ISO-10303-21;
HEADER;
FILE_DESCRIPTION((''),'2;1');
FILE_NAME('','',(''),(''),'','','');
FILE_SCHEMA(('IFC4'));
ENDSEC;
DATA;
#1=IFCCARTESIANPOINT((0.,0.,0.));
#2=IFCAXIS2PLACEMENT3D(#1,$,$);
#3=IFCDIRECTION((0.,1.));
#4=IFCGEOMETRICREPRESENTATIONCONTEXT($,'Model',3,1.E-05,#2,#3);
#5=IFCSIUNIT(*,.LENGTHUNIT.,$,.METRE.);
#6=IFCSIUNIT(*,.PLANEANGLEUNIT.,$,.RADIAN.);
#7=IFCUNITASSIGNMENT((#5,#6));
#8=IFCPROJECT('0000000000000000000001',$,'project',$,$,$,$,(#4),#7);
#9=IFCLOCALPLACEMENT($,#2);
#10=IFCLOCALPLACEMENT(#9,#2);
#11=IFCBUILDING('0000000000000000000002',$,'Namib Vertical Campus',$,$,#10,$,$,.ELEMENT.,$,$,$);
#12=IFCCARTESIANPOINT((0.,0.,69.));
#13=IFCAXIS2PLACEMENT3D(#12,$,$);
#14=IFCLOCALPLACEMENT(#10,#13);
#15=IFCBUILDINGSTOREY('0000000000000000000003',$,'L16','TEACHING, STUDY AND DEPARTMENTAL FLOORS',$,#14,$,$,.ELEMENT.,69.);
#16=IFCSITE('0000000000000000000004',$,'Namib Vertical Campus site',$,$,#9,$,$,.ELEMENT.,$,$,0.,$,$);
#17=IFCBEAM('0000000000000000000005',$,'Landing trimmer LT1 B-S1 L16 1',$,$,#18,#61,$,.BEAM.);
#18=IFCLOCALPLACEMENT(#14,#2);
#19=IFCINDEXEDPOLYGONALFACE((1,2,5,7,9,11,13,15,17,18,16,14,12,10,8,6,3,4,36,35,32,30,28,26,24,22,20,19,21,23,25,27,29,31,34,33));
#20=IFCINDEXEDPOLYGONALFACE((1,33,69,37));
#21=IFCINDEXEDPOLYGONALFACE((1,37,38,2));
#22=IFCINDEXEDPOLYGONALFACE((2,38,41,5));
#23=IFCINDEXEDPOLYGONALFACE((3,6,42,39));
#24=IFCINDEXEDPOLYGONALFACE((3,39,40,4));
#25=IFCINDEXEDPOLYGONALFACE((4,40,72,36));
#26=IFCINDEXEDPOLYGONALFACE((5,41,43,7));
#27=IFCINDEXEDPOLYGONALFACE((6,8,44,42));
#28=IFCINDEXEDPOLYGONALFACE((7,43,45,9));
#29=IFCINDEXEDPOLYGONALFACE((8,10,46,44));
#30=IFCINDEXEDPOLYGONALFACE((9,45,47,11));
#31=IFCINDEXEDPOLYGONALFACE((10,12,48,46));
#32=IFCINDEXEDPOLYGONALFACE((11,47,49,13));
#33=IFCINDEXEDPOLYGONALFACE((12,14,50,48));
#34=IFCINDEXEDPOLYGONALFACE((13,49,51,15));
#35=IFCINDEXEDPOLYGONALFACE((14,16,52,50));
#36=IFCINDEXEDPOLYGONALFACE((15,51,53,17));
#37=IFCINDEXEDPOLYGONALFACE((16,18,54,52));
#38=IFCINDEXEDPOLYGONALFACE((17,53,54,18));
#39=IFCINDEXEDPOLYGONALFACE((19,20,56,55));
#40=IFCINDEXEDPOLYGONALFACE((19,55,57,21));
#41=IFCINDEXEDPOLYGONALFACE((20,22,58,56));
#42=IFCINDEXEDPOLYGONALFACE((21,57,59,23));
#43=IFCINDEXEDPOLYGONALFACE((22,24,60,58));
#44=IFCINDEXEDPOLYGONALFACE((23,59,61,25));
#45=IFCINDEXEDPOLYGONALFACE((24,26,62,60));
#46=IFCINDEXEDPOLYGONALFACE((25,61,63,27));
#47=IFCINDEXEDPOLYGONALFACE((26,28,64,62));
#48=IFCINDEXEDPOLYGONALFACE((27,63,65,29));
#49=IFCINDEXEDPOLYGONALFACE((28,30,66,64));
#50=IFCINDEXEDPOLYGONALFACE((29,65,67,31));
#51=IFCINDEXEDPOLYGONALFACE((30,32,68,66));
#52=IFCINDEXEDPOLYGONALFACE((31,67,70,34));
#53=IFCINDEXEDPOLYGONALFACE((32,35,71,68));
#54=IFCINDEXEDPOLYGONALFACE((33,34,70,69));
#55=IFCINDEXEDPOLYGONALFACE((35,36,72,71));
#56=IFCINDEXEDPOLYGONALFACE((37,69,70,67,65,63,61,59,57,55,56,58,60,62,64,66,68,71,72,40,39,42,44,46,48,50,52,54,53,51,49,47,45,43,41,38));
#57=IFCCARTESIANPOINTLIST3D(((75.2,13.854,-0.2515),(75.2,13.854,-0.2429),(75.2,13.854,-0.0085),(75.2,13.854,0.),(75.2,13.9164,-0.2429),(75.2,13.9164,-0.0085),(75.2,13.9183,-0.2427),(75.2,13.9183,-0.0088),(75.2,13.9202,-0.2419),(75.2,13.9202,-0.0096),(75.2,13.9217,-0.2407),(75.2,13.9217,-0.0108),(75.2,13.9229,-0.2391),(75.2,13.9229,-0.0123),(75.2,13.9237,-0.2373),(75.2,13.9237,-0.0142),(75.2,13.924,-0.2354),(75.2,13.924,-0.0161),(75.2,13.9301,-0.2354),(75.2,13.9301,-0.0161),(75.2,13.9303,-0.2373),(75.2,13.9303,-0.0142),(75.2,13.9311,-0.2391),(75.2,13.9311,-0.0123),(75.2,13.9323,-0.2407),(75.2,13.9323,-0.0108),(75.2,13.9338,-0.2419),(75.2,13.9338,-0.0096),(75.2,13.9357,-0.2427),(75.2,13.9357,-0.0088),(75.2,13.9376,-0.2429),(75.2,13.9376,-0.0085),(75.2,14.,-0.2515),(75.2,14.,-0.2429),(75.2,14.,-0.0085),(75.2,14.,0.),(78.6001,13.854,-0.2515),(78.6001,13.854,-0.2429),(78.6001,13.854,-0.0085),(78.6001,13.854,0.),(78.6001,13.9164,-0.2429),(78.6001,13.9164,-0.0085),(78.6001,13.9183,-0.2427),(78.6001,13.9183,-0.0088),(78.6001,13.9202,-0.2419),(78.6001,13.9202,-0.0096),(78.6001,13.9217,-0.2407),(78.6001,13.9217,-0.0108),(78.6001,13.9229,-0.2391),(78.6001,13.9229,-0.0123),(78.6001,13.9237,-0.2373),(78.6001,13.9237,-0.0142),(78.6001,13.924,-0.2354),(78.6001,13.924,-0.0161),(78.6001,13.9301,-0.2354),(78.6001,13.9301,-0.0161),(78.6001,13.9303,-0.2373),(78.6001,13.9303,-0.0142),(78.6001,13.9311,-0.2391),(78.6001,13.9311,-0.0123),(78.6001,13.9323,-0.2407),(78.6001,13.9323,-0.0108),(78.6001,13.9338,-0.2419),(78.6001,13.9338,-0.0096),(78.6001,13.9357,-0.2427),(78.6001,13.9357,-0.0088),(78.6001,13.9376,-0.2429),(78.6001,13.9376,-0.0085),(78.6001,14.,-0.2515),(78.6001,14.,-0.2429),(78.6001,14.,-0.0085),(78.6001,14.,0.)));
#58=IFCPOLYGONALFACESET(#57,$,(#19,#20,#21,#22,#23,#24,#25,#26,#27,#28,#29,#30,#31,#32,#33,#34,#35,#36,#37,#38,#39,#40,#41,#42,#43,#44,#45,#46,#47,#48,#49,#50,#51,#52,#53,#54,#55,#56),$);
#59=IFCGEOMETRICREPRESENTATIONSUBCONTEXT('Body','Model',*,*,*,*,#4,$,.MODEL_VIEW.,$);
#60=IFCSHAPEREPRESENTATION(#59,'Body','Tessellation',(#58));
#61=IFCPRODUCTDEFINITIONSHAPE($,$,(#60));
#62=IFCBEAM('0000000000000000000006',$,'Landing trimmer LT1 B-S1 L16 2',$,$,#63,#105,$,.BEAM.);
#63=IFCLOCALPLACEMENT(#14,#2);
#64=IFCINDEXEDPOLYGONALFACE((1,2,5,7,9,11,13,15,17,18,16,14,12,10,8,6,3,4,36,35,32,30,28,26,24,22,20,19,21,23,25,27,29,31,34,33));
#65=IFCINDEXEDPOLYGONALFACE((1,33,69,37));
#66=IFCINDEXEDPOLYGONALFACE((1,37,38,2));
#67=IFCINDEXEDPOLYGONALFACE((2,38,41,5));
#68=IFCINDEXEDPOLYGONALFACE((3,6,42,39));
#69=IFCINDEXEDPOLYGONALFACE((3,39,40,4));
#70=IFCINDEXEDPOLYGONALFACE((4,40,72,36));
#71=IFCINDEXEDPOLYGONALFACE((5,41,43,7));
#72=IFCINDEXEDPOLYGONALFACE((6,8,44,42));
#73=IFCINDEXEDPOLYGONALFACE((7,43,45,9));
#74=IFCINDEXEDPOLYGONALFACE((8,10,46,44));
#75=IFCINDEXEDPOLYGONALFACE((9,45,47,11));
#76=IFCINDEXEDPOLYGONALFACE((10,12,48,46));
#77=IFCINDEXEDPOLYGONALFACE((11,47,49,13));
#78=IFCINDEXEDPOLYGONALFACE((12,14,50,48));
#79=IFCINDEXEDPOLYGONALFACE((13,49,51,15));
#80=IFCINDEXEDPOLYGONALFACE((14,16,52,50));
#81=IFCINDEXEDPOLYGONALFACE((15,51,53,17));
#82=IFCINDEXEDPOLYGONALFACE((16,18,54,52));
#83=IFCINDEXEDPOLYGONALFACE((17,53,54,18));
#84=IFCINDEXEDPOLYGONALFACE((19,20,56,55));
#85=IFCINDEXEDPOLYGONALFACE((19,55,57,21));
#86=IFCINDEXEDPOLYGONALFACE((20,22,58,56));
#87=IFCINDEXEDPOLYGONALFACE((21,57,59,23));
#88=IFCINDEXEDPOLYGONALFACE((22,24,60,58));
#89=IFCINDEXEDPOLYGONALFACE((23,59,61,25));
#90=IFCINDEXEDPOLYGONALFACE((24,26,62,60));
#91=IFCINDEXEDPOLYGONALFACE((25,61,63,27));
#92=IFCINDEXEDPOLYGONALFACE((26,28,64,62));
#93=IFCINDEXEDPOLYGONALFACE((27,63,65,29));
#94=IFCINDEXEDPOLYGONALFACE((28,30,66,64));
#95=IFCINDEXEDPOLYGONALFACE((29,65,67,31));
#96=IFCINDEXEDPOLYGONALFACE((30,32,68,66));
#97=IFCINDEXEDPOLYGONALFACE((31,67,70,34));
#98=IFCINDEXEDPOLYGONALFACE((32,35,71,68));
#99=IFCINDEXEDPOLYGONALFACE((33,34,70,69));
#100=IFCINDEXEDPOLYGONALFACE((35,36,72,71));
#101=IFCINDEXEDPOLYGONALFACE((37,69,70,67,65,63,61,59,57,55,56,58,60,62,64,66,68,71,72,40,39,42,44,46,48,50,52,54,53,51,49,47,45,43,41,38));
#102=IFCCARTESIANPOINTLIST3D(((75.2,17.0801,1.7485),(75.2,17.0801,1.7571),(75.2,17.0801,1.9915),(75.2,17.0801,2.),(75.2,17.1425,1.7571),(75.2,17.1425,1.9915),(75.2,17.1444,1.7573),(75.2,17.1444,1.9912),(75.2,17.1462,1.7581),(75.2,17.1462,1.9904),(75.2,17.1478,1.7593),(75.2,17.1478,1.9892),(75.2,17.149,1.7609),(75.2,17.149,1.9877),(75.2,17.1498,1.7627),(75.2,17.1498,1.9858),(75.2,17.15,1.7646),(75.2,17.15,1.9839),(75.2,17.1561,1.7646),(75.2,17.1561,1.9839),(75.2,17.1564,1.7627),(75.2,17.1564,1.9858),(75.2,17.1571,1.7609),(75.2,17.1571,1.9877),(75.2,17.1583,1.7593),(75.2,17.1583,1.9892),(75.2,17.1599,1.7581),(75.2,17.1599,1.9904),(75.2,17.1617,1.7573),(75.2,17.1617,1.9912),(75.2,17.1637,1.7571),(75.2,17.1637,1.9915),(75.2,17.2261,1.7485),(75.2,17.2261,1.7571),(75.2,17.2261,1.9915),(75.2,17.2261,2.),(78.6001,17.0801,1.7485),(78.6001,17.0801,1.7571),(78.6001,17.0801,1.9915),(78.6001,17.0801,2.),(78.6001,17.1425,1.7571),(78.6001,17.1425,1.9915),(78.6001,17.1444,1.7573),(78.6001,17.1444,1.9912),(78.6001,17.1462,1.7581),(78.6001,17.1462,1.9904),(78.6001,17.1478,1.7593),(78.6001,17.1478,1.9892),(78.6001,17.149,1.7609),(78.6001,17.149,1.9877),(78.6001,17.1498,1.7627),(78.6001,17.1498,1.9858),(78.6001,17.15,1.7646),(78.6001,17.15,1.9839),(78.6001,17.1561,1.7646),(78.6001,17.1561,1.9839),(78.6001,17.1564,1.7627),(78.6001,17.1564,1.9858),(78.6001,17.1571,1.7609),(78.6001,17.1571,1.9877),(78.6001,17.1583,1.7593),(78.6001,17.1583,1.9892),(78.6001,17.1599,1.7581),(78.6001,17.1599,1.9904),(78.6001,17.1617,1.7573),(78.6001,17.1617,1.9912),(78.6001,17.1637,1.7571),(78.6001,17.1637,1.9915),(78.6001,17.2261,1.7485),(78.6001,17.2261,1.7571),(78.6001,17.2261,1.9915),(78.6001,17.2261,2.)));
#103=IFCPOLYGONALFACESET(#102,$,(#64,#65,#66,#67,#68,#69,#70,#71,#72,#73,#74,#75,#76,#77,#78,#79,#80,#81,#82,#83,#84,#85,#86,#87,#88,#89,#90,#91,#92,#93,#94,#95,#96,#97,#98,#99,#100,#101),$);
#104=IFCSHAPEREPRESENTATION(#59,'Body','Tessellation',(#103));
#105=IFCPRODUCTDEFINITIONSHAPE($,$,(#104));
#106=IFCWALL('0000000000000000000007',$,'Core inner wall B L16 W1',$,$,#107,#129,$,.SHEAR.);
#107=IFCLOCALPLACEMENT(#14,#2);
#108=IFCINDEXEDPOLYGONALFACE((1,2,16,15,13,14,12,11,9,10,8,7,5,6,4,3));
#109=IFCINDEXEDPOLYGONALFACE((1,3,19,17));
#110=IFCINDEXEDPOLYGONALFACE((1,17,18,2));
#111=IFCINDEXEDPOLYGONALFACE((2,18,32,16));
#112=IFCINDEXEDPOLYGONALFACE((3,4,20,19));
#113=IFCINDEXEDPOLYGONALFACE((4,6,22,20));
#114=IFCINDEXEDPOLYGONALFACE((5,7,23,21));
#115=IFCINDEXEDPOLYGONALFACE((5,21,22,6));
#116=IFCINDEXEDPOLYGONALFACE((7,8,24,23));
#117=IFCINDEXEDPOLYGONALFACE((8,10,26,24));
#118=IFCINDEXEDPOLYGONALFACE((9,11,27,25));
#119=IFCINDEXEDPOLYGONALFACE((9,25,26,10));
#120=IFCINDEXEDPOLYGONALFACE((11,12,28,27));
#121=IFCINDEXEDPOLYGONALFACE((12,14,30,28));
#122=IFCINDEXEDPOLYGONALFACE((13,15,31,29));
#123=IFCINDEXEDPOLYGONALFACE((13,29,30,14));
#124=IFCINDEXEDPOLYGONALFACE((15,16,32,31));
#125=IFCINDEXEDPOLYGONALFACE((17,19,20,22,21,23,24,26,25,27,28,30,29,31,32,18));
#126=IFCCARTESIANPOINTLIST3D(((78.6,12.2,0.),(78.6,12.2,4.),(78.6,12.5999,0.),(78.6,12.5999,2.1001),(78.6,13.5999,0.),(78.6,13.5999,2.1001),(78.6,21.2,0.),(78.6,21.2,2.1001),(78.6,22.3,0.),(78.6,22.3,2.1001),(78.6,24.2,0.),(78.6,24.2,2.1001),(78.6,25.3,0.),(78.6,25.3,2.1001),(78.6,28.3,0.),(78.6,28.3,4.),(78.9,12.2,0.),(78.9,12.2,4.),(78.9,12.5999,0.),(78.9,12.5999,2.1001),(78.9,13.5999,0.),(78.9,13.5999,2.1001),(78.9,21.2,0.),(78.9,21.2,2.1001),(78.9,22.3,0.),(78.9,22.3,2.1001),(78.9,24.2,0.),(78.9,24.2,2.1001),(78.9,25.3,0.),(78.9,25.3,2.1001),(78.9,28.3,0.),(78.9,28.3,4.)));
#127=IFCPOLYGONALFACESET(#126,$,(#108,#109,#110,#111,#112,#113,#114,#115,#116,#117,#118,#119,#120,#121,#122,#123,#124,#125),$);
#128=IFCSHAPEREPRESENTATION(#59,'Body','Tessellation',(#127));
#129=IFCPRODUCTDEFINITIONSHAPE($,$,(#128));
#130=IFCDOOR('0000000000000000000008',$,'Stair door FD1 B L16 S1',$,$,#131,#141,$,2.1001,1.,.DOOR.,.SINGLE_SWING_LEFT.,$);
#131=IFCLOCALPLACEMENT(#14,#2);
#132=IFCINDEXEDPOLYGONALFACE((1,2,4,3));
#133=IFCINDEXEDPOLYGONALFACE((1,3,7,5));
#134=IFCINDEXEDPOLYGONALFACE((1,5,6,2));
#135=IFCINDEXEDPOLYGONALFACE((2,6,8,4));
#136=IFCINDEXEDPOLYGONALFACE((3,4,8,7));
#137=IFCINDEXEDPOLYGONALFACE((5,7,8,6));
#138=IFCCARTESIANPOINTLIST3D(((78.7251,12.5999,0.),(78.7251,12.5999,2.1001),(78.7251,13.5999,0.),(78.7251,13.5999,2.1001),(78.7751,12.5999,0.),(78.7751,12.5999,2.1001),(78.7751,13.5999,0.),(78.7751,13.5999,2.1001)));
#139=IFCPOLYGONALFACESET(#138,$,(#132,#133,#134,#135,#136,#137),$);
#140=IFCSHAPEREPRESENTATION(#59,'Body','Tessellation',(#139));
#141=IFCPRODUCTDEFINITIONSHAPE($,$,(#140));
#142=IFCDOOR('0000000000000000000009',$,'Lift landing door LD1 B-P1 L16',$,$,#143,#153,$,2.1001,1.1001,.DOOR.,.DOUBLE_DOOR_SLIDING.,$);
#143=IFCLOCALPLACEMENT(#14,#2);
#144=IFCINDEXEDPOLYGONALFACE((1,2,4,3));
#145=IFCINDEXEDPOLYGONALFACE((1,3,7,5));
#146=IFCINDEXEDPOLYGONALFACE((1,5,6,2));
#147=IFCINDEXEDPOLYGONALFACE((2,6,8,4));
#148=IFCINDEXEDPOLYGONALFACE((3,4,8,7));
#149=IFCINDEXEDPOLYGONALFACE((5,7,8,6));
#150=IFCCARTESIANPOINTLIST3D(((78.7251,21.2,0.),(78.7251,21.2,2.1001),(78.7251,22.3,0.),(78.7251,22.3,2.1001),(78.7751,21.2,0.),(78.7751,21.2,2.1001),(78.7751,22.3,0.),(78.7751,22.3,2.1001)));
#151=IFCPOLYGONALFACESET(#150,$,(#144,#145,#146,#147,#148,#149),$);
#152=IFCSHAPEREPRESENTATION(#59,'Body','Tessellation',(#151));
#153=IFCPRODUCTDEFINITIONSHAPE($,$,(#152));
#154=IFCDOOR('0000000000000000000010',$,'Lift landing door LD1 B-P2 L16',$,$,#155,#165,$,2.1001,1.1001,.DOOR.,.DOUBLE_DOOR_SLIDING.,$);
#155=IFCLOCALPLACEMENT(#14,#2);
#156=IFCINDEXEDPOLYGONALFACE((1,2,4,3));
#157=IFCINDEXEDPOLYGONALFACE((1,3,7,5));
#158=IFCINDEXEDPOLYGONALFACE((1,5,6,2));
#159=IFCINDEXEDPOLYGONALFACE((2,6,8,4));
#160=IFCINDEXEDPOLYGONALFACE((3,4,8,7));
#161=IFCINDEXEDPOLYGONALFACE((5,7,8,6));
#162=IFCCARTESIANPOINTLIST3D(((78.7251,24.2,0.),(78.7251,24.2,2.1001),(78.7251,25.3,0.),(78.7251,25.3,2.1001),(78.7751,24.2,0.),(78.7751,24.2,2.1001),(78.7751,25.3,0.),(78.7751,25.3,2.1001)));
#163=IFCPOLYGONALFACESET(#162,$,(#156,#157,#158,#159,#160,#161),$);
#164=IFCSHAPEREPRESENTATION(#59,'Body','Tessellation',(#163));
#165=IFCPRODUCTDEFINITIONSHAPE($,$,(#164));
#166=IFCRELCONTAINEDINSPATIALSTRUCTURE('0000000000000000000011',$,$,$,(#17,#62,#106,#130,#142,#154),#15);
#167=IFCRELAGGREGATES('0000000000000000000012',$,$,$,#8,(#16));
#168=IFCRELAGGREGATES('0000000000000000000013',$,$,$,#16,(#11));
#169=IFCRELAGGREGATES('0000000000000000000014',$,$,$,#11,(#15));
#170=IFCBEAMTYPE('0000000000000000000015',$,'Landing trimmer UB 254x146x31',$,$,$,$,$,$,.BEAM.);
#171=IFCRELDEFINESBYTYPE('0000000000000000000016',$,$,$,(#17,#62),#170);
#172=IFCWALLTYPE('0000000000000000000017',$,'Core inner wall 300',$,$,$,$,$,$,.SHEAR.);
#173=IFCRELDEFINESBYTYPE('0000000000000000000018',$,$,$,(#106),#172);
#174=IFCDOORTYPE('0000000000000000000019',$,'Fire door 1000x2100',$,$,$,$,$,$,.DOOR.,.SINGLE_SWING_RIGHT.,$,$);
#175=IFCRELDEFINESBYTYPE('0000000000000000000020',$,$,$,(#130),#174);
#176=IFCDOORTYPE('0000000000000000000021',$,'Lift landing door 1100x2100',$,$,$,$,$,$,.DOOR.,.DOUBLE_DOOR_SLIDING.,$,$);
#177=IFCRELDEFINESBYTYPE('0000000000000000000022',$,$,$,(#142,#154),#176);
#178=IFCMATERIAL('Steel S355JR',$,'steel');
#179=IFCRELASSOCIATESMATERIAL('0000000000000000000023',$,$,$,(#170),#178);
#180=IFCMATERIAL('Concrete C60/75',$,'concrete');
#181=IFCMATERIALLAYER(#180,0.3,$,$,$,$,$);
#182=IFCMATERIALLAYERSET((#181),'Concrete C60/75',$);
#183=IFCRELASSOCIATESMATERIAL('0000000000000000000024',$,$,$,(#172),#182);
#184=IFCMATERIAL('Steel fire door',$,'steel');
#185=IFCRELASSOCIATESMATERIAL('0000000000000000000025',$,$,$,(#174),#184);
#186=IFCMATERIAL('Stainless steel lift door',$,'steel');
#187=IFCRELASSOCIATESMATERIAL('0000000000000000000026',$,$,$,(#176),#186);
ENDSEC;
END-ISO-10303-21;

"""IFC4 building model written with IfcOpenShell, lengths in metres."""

from ifc_helpers import new_model, si_unit, direction, frame, frame_2d, origin, origin_2d, place, context, subcontext, project, spatial, rectangle, i_section, extrude, material, layer, layer_set, material_profile, profile_set, type_object, element, fill, save


model = new_model("IFC4")

# Units and contexts
model_context = context("Model", 3, precision=1e-05, world=origin(), true_north=direction((0.0, 1.0)))
body_context = subcontext(model_context, "Body", "Model", "MODEL_VIEW")
ifc_project = project(units=[si_unit("LENGTHUNIT", "METRE"), si_unit("PLANEANGLEUNIT", "RADIAN")], contexts=[model_context])

# Site, building, storey
site_placement = place(None, origin())
site = spatial("IfcSite", under=ifc_project, at=site_placement, Name="Namib Vertical Campus site", CompositionType="ELEMENT", RefElevation=0.0)
building_placement = place(site_placement, origin())
building = spatial("IfcBuilding", under=site, at=building_placement, Name="Namib Vertical Campus", CompositionType="ELEMENT")
storey_placement = place(building_placement, frame((0.0, 0.0, 69.0)))
storey = spatial("IfcBuildingStorey", under=building, at=storey_placement, Name="L16", Description="TEACHING, STUDY AND DEPARTMENTAL FLOORS", CompositionType="ELEMENT", Elevation=69.0)

# Beams
ifc_material_1 = material(Name="Steel S355JR", Category="steel")
ifc_material_profile = material_profile(ifc_material_1, i_section(OverallWidth=0.146, OverallDepth=0.2515, WebThickness=0.0061, FlangeThickness=0.0085, FilletRadius=0.0076, at=origin_2d()))
ifc_profile_set = profile_set([ifc_material_profile], Name="Steel S355JR")
beam_type = type_object("IfcBeamType", Name="Landing trimmer UB 254x146x31", PredefinedType="BEAM", material=ifc_profile_set)
for number, where, z_axis, x_axis, name in (
    (1, (75.2, 13.927, -0.1257), (1.0, 0.0, 0.0), (0.0, 1.0, 0.0), "Landing trimmer LT1 B-S1 L16 1"),
    (2, (75.2, 17.1531, 1.8743), (1.0, 0.0, 0.0), (0.0, 1.0, 0.0), "Landing trimmer LT1 B-S1 L16 2"),
):
    element("IfcBeam", number, at=place(storey_placement, frame(where, z_axis=z_axis, x_axis=x_axis)), inside=storey, type_object=beam_type, Name=name, PredefinedType="BEAM", context=body_context, shape_type="SweptSolid", body=[
        extrude(i_section(OverallWidth=0.146, OverallDepth=0.2515, WebThickness=0.0061, FlangeThickness=0.0085, FilletRadius=0.0076, at=origin_2d()), origin(), (0.0, 0.0, 1.0), 3.4001),
    ])

# Wall, openings, doors
ifc_material_2 = material(Name="Concrete C60/75", Category="concrete")
ifc_layer = layer(ifc_material_2, 0.3)
ifc_layer_set = layer_set([ifc_layer], Name="Concrete C60/75")
wall_type = type_object("IfcWallType", Name="Core inner wall 300", PredefinedType="SHEAR", material=ifc_layer_set)
wall_1_placement = place(storey_placement, frame((78.75, 12.2, 0.0), z_axis=(0.0, 0.0, 1.0), x_axis=(0.0, 1.0, 0.0)))
wall_1 = element("IfcWall", 3, at=wall_1_placement, inside=storey, type_object=wall_type, Name="Core inner wall B L16 W1", PredefinedType="SHEAR", context=body_context, shape_type="SweptSolid", body=[
    extrude(rectangle(XDim=16.1001, YDim=0.3, at=frame_2d((8.05, 0.0))), origin(), (0.0, 0.0, 1.0), 4.0),
])
opening_1_placement = place(wall_1_placement, frame((0.3999, 0.0, 0.0)))
opening_1 = element("IfcOpeningElement", 4, at=opening_1_placement, cuts=wall_1, PredefinedType="OPENING", context=body_context, shape_type="SweptSolid", body=[
    extrude(rectangle(XDim=1.0, YDim=2.1001, at=frame_2d((0.5, 1.05))), frame((0.0, 0.1599, 0.0), z_axis=(0.0, -1.0, 0.0), x_axis=(1.0, 0.0, 0.0)), (0.0, 0.0, 1.0), 0.3201),
])
opening_2_placement = place(wall_1_placement, frame((9.0, 0.0, 0.0)))
opening_2 = element("IfcOpeningElement", 5, at=opening_2_placement, cuts=wall_1, PredefinedType="OPENING", context=body_context, shape_type="SweptSolid", body=[
    extrude(rectangle(XDim=1.1001, YDim=2.1001, at=frame_2d((0.55, 1.05))), frame((0.0, 0.1599, 0.0), z_axis=(0.0, -1.0, 0.0), x_axis=(1.0, 0.0, 0.0)), (0.0, 0.0, 1.0), 0.3201),
])
opening_3_placement = place(wall_1_placement, frame((12.0, 0.0, 0.0)))
opening_3 = element("IfcOpeningElement", 6, at=opening_3_placement, cuts=wall_1, PredefinedType="OPENING", context=body_context, shape_type="SweptSolid", body=[
    extrude(rectangle(XDim=1.1001, YDim=2.1001, at=frame_2d((0.55, 1.05))), frame((0.0, 0.1599, 0.0), z_axis=(0.0, -1.0, 0.0), x_axis=(1.0, 0.0, 0.0)), (0.0, 0.0, 1.0), 0.3201),
])
ifc_material_3 = material(Name="Steel fire door", Category="steel")
door_type_1 = type_object("IfcDoorType", Name="Fire door 1000x2100", OperationType="SINGLE_SWING_RIGHT", PredefinedType="DOOR", material=ifc_material_3)
door_1_placement = place(opening_1_placement, origin())
door_1 = element("IfcDoor", 7, at=door_1_placement, inside=storey, type_object=door_type_1, Name="Stair door FD1 B L16 S1", OperationType="SINGLE_SWING_LEFT", OverallHeight=2.1001, OverallWidth=1.0, PredefinedType="DOOR", context=body_context, shape_type="SweptSolid", body=[
    extrude(rectangle(XDim=1.0, YDim=2.1001, at=frame_2d((0.5, 1.05))), frame((0.0, 0.0249, 0.0), z_axis=(0.0, -1.0, 0.0), x_axis=(1.0, 0.0, 0.0)), (0.0, 0.0, 1.0), 0.05),
])
fill(opening_1, door_1)
ifc_material_4 = material(Name="Stainless steel lift door", Category="steel")
door_type_2 = type_object("IfcDoorType", Name="Lift landing door 1100x2100", OperationType="DOUBLE_DOOR_SLIDING", PredefinedType="DOOR", material=ifc_material_4)
door_2_placement = place(opening_2_placement, origin())
door_2 = element("IfcDoor", 8, at=door_2_placement, inside=storey, type_object=door_type_2, Name="Lift landing door LD1 B-P1 L16", OperationType="DOUBLE_DOOR_SLIDING", OverallHeight=2.1001, OverallWidth=1.1001, PredefinedType="DOOR", context=body_context, shape_type="SweptSolid", body=[
    extrude(rectangle(XDim=1.1001, YDim=2.1001, at=frame_2d((0.55, 1.05))), frame((0.0, 0.0249, 0.0), z_axis=(0.0, -1.0, 0.0), x_axis=(1.0, 0.0, 0.0)), (0.0, 0.0, 1.0), 0.05),
])
fill(opening_2, door_2)
door_3_placement = place(opening_3_placement, origin())
door_3 = element("IfcDoor", 9, at=door_3_placement, inside=storey, type_object=door_type_2, Name="Lift landing door LD1 B-P2 L16", OperationType="DOUBLE_DOOR_SLIDING", OverallHeight=2.1001, OverallWidth=1.1001, PredefinedType="DOOR", context=body_context, shape_type="SweptSolid", body=[
    extrude(rectangle(XDim=1.1001, YDim=2.1001, at=frame_2d((0.55, 1.05))), frame((0.0, 0.0249, 0.0), z_axis=(0.0, -1.0, 0.0), x_axis=(1.0, 0.0, 0.0)), (0.0, 0.0, 1.0), 0.05),
])
fill(opening_3, door_3)

save(model, "model.ifc")
